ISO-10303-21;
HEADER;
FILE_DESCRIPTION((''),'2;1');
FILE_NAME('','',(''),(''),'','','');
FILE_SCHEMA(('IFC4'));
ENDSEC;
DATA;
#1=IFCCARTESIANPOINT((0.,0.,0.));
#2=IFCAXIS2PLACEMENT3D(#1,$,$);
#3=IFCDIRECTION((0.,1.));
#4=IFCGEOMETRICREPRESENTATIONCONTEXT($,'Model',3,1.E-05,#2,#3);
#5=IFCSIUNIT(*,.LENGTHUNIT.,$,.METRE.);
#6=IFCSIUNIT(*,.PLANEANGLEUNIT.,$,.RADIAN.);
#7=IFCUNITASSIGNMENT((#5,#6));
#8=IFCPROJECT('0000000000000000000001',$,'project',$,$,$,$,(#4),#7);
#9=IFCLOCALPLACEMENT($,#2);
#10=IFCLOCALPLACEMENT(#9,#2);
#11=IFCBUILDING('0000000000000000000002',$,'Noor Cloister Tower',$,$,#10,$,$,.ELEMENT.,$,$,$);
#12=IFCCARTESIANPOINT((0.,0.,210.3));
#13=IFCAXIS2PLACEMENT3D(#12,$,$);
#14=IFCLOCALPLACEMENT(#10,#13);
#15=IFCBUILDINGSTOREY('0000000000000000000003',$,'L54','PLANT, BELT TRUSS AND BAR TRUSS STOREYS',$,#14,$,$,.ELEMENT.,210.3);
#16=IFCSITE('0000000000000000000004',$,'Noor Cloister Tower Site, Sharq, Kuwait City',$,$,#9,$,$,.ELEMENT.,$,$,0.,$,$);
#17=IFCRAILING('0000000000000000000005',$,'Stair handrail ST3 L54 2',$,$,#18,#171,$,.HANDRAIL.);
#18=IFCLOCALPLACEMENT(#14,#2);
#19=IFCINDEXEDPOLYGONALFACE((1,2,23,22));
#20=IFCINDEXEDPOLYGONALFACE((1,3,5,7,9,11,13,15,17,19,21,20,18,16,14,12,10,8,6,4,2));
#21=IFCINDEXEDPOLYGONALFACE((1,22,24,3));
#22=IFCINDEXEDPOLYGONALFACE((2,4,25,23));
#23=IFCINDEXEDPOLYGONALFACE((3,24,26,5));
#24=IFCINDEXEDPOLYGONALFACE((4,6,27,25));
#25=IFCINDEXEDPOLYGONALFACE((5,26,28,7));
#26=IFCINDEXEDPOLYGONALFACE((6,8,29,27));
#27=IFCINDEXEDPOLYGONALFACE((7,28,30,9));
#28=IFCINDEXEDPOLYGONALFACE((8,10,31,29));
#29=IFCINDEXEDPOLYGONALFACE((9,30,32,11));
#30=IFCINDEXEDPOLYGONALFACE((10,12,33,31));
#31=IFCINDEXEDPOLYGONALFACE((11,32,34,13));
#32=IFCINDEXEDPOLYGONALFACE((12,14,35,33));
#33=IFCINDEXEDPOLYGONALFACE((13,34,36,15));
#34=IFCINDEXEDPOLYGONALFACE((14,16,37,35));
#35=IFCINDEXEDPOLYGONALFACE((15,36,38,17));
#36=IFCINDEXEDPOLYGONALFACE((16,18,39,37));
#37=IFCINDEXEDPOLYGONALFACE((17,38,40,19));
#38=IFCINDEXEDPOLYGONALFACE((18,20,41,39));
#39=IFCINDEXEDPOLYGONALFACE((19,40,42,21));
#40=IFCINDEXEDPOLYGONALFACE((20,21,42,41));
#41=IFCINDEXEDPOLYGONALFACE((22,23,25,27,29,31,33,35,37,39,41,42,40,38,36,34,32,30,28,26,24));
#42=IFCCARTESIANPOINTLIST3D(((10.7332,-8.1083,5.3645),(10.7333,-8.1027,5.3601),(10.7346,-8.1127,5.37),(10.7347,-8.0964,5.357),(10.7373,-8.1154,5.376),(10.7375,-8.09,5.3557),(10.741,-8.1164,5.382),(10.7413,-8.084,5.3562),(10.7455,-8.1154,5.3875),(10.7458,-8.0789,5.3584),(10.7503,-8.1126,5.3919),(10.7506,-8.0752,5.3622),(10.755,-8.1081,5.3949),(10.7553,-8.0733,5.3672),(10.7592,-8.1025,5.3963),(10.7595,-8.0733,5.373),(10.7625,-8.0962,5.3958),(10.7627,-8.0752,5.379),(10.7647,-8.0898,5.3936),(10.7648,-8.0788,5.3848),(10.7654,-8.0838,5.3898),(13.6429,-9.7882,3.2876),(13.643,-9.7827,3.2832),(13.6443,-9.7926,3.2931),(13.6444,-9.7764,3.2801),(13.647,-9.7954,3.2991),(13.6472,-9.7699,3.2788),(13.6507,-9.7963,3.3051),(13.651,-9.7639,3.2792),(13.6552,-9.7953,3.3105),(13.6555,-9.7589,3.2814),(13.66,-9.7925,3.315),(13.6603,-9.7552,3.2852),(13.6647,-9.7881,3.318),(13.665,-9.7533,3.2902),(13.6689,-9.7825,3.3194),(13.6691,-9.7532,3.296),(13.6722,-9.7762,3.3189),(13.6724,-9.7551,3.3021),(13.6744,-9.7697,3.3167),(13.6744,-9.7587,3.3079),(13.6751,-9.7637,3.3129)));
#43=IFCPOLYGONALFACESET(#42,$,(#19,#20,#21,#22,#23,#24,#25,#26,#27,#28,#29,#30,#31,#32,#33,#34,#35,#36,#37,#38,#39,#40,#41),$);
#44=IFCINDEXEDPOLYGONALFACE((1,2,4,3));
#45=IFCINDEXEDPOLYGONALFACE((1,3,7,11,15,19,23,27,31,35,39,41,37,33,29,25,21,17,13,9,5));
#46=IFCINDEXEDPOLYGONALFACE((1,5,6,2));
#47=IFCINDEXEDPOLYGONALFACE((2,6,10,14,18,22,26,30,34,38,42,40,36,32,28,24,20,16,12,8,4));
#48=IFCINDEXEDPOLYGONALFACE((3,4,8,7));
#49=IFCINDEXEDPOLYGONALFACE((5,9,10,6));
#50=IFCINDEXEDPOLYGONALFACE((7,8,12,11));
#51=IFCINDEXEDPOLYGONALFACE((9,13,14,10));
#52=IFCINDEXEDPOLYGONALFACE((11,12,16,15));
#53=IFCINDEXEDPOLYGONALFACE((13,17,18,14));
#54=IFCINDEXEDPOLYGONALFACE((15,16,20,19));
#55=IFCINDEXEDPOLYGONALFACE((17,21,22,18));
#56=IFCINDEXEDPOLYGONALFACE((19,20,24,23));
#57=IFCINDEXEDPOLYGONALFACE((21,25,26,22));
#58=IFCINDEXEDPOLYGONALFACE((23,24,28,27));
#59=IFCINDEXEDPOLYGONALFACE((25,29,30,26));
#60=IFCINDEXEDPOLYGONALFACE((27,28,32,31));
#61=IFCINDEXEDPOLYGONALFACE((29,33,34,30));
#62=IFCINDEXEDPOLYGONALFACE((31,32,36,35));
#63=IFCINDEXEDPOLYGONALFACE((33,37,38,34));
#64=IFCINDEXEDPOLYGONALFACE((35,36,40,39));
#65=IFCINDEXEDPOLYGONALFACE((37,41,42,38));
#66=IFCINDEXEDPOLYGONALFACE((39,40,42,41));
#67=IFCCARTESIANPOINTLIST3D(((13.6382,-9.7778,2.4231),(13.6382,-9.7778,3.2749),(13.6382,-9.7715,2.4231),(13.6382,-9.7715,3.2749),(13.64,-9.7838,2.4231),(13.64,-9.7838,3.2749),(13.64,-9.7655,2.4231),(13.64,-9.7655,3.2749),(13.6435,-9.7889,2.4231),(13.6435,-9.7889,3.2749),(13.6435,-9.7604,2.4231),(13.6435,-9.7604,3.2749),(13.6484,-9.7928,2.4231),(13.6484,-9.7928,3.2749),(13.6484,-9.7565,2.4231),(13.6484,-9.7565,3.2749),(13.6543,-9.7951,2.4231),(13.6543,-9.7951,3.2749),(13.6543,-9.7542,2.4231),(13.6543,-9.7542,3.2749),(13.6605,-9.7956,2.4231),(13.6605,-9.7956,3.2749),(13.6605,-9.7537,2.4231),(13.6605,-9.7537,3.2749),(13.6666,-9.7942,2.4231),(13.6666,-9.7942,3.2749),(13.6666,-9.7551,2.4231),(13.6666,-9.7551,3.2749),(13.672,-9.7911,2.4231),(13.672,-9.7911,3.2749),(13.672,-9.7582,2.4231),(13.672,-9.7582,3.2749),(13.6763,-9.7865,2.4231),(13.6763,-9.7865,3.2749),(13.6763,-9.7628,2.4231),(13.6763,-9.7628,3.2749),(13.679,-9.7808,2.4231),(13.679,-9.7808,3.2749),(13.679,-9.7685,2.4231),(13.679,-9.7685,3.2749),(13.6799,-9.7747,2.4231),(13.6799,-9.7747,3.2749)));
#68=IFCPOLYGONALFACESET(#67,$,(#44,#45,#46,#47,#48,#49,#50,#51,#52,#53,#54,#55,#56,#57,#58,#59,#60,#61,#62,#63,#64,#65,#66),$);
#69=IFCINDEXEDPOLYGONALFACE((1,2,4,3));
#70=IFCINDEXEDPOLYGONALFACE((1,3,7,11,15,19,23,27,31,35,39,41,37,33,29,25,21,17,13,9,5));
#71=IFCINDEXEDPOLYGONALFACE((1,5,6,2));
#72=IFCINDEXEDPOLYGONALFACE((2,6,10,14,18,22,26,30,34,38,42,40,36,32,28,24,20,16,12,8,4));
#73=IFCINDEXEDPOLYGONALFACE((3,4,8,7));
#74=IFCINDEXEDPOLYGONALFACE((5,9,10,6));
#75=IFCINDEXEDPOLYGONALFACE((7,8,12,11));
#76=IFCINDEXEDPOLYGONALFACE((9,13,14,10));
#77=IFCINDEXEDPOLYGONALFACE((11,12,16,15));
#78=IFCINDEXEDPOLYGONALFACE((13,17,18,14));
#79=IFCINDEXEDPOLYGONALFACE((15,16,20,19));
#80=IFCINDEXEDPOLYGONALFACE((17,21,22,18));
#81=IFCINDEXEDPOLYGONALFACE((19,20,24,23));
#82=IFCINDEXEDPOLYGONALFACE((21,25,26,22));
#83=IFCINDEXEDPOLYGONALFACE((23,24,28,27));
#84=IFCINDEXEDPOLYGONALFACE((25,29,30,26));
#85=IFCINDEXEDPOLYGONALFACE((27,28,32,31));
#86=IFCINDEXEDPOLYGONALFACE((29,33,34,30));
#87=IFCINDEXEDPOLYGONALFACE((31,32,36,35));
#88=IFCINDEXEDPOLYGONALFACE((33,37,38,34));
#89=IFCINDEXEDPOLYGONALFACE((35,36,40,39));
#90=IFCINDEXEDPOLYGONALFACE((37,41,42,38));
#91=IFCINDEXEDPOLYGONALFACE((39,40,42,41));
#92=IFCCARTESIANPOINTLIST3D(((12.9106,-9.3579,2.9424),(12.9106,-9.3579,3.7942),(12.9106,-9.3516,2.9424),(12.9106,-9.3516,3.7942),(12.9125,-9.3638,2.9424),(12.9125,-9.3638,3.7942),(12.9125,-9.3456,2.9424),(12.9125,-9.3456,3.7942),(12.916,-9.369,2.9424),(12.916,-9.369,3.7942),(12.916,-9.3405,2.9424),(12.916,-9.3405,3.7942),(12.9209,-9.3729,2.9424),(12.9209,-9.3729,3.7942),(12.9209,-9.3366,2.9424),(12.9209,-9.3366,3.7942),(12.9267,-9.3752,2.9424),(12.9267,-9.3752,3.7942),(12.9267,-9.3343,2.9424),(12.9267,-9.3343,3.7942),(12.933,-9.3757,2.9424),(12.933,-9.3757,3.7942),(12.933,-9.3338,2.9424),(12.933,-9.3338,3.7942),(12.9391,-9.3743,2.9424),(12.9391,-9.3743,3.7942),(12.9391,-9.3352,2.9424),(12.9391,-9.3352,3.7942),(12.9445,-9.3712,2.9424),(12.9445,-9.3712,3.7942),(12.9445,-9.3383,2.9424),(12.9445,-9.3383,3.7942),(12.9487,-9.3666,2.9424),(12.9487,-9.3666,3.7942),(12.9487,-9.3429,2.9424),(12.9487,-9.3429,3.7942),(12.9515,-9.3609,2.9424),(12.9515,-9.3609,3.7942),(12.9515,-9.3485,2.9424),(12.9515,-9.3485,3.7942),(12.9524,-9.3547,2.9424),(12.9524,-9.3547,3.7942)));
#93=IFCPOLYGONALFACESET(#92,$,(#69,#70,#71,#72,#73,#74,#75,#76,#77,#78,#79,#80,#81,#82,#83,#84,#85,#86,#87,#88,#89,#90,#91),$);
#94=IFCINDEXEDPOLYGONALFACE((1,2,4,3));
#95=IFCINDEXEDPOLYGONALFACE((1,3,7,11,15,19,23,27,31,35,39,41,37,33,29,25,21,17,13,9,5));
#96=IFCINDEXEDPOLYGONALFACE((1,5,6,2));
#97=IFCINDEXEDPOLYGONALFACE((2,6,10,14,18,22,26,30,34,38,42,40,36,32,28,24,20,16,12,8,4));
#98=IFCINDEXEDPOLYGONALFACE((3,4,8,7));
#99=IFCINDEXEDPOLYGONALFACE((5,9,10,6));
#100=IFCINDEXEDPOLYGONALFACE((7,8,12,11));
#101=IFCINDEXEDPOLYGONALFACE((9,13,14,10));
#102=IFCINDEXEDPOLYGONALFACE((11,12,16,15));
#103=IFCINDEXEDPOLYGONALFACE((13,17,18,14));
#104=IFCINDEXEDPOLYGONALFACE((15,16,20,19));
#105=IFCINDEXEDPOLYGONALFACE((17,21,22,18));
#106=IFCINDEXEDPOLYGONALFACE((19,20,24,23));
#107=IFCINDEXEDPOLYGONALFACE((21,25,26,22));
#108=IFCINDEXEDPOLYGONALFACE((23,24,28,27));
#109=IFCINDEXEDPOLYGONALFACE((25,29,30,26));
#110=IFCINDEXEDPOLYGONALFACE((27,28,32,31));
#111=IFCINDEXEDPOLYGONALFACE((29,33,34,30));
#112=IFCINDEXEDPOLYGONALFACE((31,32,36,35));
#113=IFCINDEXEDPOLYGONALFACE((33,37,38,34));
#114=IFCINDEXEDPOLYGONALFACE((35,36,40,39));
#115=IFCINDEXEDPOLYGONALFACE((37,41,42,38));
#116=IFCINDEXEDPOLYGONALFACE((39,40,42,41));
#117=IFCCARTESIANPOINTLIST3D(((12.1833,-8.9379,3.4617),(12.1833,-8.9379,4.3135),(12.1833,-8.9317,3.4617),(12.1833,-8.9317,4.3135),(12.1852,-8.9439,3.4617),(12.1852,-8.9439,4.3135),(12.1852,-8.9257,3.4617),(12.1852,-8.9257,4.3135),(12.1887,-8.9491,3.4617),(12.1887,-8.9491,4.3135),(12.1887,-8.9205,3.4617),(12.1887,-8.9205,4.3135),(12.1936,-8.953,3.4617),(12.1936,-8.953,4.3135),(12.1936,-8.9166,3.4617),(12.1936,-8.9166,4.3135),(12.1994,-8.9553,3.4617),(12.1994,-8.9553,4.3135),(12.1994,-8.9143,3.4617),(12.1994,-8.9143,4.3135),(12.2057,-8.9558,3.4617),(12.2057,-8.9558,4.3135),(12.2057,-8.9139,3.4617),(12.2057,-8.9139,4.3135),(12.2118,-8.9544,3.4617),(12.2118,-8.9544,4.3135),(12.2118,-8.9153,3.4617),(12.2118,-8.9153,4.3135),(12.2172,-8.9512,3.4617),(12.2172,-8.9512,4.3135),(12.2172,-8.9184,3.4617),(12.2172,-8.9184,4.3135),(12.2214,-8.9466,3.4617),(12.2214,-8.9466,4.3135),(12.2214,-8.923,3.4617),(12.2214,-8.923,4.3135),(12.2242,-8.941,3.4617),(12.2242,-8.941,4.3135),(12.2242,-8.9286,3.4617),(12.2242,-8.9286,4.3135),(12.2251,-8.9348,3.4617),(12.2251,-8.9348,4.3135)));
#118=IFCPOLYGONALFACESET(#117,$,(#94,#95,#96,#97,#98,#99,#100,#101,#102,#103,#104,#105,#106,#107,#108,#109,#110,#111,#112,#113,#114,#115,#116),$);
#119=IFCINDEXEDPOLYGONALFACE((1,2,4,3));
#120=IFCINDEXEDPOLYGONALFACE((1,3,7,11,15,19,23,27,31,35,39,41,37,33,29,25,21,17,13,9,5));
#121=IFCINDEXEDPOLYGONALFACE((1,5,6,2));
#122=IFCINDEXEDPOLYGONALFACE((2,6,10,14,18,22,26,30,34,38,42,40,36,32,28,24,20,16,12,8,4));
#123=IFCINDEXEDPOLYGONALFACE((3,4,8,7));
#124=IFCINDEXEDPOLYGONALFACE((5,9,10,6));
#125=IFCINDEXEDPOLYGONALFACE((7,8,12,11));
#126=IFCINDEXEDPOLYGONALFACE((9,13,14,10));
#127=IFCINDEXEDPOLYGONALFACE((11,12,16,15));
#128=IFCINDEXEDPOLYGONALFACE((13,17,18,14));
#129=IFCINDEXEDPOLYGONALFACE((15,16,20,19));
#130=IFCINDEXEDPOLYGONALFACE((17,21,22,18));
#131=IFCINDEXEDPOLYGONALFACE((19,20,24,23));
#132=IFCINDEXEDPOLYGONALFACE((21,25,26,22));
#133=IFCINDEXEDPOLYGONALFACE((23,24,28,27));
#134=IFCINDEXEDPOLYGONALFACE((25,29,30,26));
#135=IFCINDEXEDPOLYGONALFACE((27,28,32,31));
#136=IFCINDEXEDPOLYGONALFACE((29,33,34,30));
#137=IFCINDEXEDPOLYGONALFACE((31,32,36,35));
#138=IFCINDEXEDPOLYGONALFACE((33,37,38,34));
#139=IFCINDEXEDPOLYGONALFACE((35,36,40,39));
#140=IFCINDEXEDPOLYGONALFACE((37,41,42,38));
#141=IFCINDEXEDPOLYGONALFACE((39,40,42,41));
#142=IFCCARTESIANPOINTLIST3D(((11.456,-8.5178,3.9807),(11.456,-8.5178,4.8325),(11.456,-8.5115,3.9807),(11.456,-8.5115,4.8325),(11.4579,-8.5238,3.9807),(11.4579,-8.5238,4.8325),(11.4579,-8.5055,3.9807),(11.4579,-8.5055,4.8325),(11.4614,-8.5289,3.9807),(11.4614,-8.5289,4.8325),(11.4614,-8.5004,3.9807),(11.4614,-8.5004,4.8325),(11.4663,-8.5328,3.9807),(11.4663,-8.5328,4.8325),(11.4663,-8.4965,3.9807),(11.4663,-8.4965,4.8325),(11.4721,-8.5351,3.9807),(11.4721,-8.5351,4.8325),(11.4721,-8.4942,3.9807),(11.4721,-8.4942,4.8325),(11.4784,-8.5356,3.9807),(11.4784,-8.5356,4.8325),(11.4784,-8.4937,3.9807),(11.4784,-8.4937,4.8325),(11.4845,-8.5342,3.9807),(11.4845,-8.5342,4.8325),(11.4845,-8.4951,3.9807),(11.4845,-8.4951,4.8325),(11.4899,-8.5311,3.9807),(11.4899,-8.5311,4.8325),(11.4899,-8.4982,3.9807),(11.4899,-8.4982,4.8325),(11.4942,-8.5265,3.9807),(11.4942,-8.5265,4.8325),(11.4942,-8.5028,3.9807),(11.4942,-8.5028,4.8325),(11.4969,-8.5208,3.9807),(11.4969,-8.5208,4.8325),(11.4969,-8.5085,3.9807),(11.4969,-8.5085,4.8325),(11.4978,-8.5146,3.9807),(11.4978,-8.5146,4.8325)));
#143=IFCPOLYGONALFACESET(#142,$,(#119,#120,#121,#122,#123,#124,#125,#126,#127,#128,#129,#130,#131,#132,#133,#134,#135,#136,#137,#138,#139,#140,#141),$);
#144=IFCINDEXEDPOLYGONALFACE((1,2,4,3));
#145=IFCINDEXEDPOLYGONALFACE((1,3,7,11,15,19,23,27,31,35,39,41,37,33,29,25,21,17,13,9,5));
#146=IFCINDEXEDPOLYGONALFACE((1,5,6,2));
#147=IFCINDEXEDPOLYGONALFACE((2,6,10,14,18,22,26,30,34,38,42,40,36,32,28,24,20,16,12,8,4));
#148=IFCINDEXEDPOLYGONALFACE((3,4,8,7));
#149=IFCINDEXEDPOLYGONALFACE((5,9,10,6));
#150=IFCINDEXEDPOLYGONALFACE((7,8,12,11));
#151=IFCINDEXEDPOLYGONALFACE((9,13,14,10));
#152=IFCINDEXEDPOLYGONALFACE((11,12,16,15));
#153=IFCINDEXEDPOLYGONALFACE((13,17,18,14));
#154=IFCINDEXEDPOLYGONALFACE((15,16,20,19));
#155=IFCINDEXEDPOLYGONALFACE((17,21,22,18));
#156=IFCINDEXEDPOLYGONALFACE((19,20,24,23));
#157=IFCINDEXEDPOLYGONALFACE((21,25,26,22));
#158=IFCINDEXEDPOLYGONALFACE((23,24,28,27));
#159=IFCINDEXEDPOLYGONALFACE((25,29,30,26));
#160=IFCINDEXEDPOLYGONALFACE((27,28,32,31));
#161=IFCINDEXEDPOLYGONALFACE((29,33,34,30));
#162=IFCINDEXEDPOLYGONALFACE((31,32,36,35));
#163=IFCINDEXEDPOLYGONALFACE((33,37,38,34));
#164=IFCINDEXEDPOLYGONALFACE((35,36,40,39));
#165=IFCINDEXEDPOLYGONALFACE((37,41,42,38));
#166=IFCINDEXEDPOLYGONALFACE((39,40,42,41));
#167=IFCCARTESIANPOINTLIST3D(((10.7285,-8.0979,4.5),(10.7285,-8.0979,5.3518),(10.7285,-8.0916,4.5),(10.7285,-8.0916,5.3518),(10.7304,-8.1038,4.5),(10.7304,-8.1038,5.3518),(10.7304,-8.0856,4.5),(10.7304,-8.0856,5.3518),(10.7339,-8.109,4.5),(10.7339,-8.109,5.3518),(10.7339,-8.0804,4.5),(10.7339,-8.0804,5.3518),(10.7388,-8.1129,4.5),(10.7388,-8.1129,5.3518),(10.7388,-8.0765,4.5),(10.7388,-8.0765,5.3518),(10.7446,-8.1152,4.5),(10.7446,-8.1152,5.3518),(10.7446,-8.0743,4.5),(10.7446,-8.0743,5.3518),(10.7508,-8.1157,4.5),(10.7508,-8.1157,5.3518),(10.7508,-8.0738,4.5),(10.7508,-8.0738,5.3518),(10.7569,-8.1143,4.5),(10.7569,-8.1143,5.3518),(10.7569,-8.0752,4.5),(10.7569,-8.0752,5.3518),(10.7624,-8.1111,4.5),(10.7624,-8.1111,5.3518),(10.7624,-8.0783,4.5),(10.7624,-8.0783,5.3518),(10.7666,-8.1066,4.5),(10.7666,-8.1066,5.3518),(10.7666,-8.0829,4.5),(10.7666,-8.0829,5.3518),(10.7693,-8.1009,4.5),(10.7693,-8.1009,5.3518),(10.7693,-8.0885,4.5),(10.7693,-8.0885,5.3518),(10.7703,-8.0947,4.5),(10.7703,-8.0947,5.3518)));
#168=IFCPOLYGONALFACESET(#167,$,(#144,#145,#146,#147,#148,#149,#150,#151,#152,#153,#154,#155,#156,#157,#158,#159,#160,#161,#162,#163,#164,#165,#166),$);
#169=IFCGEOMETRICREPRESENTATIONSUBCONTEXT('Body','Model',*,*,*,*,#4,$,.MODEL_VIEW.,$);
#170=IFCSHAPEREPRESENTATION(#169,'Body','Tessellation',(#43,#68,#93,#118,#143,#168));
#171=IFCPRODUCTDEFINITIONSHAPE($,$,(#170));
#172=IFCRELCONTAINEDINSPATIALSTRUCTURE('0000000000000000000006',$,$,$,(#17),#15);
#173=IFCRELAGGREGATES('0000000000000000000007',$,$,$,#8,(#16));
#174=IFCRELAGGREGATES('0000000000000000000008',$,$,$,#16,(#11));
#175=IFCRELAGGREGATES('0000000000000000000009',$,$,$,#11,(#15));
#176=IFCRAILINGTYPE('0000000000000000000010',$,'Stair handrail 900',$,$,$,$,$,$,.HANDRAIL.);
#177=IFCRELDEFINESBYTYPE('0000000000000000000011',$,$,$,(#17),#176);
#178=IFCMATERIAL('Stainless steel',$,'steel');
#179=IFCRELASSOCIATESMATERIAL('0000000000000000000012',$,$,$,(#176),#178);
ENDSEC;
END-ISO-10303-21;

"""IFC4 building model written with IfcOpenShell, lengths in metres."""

from ifc_helpers import new_model, si_unit, direction, frame, origin, origin_2d, place, context, subcontext, project, spatial, circle, extrude, material, type_object, element, save


model = new_model("IFC4")

# Units and contexts
model_context = context("Model", 3, precision=1e-05, world=origin(), true_north=direction((0.0, 1.0)))
body_context = subcontext(model_context, "Body", "Model", "MODEL_VIEW")
ifc_project = project(units=[si_unit("LENGTHUNIT", "METRE"), si_unit("PLANEANGLEUNIT", "RADIAN")], contexts=[model_context])

# Site, building, storey
site_placement = place(None, origin())
site = spatial("IfcSite", under=ifc_project, at=site_placement, Name="Noor Cloister Tower Site, Sharq, Kuwait City", CompositionType="ELEMENT", RefElevation=0.0)
building_placement = place(site_placement, origin())
building = spatial("IfcBuilding", under=site, at=building_placement, Name="Noor Cloister Tower", CompositionType="ELEMENT")
storey_placement = place(building_placement, frame((0.0, 0.0, 210.3)))
storey = spatial("IfcBuildingStorey", under=building, at=storey_placement, Name="L54", Description="PLANT, BELT TRUSS AND BAR TRUSS STOREYS", CompositionType="ELEMENT", Elevation=210.3)

# Railing
ifc_material_1 = material(Name="Stainless steel", Category="steel")
railing_type_1 = type_object("IfcRailingType", Name="Stair handrail 900", PredefinedType="HANDRAIL", material=ifc_material_1)
railing_1_placement = place(storey_placement, frame((13.6589, -9.7747, 2.4231)))
element("IfcRailing", 1, at=railing_1_placement, inside=storey, type_object=railing_type_1, Name="Stair handrail ST3 L54 2", PredefinedType="HANDRAIL", context=body_context, shape_type="SweptSolid", body=[
    extrude(circle(Radius=0.0239, at=origin_2d()), frame((0.0, 0.0, 0.876), z_axis=(-0.73664, 0.425308, 0.525809), x_axis=(-0.500008, -0.866021, 0.0)), (0.0, 0.0, 1.0), 3.95),
    extrude(circle(Radius=0.021, at=origin_2d()), origin(), (0.0, 0.0, 1.0), 0.8518),
    extrude(circle(Radius=0.021, at=origin_2d()), frame((-0.7275, 0.4199, 0.5193)), (0.0, 0.0, 1.0), 0.8518),
    extrude(circle(Radius=0.021, at=origin_2d()), frame((-1.4548, 0.8398, 1.0386)), (0.0, 0.0, 1.0), 0.8518),
    extrude(circle(Radius=0.021, at=origin_2d()), frame((-2.1821, 1.26, 1.5576)), (0.0, 0.0, 1.0), 0.8518),
    extrude(circle(Radius=0.021, at=origin_2d()), frame((-2.9097, 1.6799, 2.0769)), (0.0, 0.0, 1.0), 0.8518),
])

save(model, "model.ifc")
